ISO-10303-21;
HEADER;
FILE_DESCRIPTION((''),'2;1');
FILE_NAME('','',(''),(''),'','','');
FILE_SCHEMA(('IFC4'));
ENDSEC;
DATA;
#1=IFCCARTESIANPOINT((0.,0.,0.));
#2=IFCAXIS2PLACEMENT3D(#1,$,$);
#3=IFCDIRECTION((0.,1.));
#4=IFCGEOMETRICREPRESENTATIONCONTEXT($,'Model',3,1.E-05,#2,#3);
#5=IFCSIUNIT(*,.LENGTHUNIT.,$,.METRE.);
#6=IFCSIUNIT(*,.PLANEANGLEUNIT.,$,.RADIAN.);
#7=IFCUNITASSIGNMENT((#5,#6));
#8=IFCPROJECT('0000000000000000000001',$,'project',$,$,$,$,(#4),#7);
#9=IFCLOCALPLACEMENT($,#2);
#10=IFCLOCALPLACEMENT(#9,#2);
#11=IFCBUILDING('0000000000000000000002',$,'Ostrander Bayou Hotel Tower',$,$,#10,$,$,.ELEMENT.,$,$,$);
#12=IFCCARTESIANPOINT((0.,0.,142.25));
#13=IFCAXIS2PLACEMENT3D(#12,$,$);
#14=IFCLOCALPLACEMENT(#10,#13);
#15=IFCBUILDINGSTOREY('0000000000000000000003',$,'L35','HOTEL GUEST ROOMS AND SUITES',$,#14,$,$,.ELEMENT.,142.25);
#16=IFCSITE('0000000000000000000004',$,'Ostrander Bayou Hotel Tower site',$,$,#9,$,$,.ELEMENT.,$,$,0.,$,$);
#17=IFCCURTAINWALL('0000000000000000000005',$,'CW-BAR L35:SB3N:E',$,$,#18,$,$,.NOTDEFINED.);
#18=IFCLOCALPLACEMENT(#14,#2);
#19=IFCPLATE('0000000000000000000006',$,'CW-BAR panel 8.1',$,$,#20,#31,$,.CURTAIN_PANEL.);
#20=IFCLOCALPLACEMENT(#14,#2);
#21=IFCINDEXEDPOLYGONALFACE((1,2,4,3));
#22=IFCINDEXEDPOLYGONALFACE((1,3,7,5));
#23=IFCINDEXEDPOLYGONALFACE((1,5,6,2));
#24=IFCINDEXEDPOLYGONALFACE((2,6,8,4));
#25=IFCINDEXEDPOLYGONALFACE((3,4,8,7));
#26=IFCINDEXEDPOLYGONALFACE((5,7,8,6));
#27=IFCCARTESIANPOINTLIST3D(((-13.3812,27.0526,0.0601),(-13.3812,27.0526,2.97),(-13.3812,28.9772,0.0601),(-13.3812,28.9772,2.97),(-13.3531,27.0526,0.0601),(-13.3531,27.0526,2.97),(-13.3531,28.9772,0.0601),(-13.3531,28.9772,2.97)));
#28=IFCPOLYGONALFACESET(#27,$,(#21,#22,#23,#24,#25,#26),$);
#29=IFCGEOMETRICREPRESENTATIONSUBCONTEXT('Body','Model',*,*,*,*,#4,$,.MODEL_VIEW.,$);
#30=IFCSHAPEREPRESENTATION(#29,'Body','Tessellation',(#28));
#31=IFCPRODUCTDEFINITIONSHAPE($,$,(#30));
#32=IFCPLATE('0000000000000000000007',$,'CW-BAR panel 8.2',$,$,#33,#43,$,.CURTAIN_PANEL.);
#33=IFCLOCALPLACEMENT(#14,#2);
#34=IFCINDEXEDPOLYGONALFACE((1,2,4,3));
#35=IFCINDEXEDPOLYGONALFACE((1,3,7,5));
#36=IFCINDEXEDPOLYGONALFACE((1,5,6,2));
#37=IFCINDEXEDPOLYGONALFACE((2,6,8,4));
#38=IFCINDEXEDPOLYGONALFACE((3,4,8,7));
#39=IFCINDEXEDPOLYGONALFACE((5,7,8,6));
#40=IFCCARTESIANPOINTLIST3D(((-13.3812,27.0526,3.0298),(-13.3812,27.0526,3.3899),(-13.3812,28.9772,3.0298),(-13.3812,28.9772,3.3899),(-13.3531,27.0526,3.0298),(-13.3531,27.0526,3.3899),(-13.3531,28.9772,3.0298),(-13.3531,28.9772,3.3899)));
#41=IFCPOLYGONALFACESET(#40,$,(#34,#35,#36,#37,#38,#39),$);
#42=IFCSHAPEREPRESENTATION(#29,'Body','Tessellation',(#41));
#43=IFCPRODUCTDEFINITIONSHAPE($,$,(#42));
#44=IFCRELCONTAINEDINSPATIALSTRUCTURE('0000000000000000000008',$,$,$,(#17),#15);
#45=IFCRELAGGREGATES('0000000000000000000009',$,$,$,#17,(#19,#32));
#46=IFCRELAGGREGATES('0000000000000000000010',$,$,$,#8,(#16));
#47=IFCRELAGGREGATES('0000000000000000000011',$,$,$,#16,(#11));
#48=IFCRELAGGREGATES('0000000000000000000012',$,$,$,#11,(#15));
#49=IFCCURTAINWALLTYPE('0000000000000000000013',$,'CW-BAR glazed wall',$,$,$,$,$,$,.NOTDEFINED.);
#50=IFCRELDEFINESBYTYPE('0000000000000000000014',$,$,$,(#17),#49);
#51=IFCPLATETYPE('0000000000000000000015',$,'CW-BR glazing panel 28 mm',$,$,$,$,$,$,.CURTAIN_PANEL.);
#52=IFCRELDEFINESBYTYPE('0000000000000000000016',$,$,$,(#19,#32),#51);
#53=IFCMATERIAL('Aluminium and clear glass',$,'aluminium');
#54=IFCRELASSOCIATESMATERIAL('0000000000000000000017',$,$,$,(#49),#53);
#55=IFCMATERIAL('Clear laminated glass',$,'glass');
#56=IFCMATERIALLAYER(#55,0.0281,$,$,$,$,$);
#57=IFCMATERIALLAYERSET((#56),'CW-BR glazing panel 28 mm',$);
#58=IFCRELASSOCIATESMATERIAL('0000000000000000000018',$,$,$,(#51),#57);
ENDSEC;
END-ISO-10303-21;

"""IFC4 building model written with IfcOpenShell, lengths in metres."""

from ifc_helpers import new_model, si_unit, direction, frame, origin, origin_2d, place, context, subcontext, project, spatial, rectangle, extrude, material, layer, layer_set, type_object, element, aggregate, save


model = new_model("IFC4")

# Units and contexts
model_context = context("Model", 3, precision=1e-05, world=origin(), true_north=direction((0.0, 1.0)))
body_context = subcontext(model_context, "Body", "Model", "MODEL_VIEW")
ifc_project = project(units=[si_unit("LENGTHUNIT", "METRE"), si_unit("PLANEANGLEUNIT", "RADIAN")], contexts=[model_context])

# Site, building, storey
site_placement = place(None, origin())
site = spatial("IfcSite", under=ifc_project, at=site_placement, Name="Ostrander Bayou Hotel Tower site", CompositionType="ELEMENT", RefElevation=0.0)
building_placement = place(site_placement, origin())
building = spatial("IfcBuilding", under=site, at=building_placement, Name="Ostrander Bayou Hotel Tower", CompositionType="ELEMENT")
storey_placement = place(building_placement, frame((0.0, 0.0, 142.25)))
storey = spatial("IfcBuildingStorey", under=building, at=storey_placement, Name="L35", Description="HOTEL GUEST ROOMS AND SUITES", CompositionType="ELEMENT", Elevation=142.25)

# Curtain wall
ifc_material_1 = material(Name="Aluminium and clear glass", Category="aluminium")
curtain_wall_type = type_object("IfcCurtainWallType", Name="CW-BAR glazed wall", PredefinedType="NOTDEFINED", material=ifc_material_1)
curtain_wall_1_placement = place(storey_placement, origin())
curtain_wall_1 = element("IfcCurtainWall", 1, at=curtain_wall_1_placement, inside=storey, type_object=curtain_wall_type, Name="CW-BAR L35:SB3N:E", PredefinedType="NOTDEFINED")

# Plates
ifc_material_2 = material(Name="Clear laminated glass", Category="glass")
ifc_layer_1 = layer(ifc_material_2, 0.0281)
ifc_layer_set_1 = layer_set([ifc_layer_1], Name="CW-BR glazing panel 28 mm")
plate_type = type_object("IfcPlateType", Name="CW-BR glazing panel 28 mm", PredefinedType="CURTAIN_PANEL", material=ifc_layer_set_1)
plate_1_placement = place(storey_placement, frame((-13.3672, 28.0149, 0.0601), z_axis=(0.0, 0.0, 1.0), x_axis=(0.0, 1.0, 0.0)))
plate_1 = element("IfcPlate", 2, at=plate_1_placement, type_object=plate_type, Name="CW-BAR panel 8.1", PredefinedType="CURTAIN_PANEL", context=body_context, shape_type="SweptSolid", body=[
    extrude(rectangle(XDim=1.9246, YDim=0.0281, at=origin_2d()), origin(), (0.0, 0.0, 1.0), 2.9099),
])
plate_2_placement = place(storey_placement, frame((-13.3672, 28.0149, 3.0298), z_axis=(0.0, 0.0, 1.0), x_axis=(0.0, 1.0, 0.0)))
plate_2 = element("IfcPlate", 3, at=plate_2_placement, type_object=plate_type, Name="CW-BAR panel 8.2", PredefinedType="CURTAIN_PANEL", context=body_context, shape_type="SweptSolid", body=[
    extrude(rectangle(XDim=1.9246, YDim=0.0281, at=origin_2d()), origin(), (0.0, 0.0, 1.0), 0.3601),
])
aggregate(curtain_wall_1, [plate_1, plate_2])

save(model, "model.ifc")
